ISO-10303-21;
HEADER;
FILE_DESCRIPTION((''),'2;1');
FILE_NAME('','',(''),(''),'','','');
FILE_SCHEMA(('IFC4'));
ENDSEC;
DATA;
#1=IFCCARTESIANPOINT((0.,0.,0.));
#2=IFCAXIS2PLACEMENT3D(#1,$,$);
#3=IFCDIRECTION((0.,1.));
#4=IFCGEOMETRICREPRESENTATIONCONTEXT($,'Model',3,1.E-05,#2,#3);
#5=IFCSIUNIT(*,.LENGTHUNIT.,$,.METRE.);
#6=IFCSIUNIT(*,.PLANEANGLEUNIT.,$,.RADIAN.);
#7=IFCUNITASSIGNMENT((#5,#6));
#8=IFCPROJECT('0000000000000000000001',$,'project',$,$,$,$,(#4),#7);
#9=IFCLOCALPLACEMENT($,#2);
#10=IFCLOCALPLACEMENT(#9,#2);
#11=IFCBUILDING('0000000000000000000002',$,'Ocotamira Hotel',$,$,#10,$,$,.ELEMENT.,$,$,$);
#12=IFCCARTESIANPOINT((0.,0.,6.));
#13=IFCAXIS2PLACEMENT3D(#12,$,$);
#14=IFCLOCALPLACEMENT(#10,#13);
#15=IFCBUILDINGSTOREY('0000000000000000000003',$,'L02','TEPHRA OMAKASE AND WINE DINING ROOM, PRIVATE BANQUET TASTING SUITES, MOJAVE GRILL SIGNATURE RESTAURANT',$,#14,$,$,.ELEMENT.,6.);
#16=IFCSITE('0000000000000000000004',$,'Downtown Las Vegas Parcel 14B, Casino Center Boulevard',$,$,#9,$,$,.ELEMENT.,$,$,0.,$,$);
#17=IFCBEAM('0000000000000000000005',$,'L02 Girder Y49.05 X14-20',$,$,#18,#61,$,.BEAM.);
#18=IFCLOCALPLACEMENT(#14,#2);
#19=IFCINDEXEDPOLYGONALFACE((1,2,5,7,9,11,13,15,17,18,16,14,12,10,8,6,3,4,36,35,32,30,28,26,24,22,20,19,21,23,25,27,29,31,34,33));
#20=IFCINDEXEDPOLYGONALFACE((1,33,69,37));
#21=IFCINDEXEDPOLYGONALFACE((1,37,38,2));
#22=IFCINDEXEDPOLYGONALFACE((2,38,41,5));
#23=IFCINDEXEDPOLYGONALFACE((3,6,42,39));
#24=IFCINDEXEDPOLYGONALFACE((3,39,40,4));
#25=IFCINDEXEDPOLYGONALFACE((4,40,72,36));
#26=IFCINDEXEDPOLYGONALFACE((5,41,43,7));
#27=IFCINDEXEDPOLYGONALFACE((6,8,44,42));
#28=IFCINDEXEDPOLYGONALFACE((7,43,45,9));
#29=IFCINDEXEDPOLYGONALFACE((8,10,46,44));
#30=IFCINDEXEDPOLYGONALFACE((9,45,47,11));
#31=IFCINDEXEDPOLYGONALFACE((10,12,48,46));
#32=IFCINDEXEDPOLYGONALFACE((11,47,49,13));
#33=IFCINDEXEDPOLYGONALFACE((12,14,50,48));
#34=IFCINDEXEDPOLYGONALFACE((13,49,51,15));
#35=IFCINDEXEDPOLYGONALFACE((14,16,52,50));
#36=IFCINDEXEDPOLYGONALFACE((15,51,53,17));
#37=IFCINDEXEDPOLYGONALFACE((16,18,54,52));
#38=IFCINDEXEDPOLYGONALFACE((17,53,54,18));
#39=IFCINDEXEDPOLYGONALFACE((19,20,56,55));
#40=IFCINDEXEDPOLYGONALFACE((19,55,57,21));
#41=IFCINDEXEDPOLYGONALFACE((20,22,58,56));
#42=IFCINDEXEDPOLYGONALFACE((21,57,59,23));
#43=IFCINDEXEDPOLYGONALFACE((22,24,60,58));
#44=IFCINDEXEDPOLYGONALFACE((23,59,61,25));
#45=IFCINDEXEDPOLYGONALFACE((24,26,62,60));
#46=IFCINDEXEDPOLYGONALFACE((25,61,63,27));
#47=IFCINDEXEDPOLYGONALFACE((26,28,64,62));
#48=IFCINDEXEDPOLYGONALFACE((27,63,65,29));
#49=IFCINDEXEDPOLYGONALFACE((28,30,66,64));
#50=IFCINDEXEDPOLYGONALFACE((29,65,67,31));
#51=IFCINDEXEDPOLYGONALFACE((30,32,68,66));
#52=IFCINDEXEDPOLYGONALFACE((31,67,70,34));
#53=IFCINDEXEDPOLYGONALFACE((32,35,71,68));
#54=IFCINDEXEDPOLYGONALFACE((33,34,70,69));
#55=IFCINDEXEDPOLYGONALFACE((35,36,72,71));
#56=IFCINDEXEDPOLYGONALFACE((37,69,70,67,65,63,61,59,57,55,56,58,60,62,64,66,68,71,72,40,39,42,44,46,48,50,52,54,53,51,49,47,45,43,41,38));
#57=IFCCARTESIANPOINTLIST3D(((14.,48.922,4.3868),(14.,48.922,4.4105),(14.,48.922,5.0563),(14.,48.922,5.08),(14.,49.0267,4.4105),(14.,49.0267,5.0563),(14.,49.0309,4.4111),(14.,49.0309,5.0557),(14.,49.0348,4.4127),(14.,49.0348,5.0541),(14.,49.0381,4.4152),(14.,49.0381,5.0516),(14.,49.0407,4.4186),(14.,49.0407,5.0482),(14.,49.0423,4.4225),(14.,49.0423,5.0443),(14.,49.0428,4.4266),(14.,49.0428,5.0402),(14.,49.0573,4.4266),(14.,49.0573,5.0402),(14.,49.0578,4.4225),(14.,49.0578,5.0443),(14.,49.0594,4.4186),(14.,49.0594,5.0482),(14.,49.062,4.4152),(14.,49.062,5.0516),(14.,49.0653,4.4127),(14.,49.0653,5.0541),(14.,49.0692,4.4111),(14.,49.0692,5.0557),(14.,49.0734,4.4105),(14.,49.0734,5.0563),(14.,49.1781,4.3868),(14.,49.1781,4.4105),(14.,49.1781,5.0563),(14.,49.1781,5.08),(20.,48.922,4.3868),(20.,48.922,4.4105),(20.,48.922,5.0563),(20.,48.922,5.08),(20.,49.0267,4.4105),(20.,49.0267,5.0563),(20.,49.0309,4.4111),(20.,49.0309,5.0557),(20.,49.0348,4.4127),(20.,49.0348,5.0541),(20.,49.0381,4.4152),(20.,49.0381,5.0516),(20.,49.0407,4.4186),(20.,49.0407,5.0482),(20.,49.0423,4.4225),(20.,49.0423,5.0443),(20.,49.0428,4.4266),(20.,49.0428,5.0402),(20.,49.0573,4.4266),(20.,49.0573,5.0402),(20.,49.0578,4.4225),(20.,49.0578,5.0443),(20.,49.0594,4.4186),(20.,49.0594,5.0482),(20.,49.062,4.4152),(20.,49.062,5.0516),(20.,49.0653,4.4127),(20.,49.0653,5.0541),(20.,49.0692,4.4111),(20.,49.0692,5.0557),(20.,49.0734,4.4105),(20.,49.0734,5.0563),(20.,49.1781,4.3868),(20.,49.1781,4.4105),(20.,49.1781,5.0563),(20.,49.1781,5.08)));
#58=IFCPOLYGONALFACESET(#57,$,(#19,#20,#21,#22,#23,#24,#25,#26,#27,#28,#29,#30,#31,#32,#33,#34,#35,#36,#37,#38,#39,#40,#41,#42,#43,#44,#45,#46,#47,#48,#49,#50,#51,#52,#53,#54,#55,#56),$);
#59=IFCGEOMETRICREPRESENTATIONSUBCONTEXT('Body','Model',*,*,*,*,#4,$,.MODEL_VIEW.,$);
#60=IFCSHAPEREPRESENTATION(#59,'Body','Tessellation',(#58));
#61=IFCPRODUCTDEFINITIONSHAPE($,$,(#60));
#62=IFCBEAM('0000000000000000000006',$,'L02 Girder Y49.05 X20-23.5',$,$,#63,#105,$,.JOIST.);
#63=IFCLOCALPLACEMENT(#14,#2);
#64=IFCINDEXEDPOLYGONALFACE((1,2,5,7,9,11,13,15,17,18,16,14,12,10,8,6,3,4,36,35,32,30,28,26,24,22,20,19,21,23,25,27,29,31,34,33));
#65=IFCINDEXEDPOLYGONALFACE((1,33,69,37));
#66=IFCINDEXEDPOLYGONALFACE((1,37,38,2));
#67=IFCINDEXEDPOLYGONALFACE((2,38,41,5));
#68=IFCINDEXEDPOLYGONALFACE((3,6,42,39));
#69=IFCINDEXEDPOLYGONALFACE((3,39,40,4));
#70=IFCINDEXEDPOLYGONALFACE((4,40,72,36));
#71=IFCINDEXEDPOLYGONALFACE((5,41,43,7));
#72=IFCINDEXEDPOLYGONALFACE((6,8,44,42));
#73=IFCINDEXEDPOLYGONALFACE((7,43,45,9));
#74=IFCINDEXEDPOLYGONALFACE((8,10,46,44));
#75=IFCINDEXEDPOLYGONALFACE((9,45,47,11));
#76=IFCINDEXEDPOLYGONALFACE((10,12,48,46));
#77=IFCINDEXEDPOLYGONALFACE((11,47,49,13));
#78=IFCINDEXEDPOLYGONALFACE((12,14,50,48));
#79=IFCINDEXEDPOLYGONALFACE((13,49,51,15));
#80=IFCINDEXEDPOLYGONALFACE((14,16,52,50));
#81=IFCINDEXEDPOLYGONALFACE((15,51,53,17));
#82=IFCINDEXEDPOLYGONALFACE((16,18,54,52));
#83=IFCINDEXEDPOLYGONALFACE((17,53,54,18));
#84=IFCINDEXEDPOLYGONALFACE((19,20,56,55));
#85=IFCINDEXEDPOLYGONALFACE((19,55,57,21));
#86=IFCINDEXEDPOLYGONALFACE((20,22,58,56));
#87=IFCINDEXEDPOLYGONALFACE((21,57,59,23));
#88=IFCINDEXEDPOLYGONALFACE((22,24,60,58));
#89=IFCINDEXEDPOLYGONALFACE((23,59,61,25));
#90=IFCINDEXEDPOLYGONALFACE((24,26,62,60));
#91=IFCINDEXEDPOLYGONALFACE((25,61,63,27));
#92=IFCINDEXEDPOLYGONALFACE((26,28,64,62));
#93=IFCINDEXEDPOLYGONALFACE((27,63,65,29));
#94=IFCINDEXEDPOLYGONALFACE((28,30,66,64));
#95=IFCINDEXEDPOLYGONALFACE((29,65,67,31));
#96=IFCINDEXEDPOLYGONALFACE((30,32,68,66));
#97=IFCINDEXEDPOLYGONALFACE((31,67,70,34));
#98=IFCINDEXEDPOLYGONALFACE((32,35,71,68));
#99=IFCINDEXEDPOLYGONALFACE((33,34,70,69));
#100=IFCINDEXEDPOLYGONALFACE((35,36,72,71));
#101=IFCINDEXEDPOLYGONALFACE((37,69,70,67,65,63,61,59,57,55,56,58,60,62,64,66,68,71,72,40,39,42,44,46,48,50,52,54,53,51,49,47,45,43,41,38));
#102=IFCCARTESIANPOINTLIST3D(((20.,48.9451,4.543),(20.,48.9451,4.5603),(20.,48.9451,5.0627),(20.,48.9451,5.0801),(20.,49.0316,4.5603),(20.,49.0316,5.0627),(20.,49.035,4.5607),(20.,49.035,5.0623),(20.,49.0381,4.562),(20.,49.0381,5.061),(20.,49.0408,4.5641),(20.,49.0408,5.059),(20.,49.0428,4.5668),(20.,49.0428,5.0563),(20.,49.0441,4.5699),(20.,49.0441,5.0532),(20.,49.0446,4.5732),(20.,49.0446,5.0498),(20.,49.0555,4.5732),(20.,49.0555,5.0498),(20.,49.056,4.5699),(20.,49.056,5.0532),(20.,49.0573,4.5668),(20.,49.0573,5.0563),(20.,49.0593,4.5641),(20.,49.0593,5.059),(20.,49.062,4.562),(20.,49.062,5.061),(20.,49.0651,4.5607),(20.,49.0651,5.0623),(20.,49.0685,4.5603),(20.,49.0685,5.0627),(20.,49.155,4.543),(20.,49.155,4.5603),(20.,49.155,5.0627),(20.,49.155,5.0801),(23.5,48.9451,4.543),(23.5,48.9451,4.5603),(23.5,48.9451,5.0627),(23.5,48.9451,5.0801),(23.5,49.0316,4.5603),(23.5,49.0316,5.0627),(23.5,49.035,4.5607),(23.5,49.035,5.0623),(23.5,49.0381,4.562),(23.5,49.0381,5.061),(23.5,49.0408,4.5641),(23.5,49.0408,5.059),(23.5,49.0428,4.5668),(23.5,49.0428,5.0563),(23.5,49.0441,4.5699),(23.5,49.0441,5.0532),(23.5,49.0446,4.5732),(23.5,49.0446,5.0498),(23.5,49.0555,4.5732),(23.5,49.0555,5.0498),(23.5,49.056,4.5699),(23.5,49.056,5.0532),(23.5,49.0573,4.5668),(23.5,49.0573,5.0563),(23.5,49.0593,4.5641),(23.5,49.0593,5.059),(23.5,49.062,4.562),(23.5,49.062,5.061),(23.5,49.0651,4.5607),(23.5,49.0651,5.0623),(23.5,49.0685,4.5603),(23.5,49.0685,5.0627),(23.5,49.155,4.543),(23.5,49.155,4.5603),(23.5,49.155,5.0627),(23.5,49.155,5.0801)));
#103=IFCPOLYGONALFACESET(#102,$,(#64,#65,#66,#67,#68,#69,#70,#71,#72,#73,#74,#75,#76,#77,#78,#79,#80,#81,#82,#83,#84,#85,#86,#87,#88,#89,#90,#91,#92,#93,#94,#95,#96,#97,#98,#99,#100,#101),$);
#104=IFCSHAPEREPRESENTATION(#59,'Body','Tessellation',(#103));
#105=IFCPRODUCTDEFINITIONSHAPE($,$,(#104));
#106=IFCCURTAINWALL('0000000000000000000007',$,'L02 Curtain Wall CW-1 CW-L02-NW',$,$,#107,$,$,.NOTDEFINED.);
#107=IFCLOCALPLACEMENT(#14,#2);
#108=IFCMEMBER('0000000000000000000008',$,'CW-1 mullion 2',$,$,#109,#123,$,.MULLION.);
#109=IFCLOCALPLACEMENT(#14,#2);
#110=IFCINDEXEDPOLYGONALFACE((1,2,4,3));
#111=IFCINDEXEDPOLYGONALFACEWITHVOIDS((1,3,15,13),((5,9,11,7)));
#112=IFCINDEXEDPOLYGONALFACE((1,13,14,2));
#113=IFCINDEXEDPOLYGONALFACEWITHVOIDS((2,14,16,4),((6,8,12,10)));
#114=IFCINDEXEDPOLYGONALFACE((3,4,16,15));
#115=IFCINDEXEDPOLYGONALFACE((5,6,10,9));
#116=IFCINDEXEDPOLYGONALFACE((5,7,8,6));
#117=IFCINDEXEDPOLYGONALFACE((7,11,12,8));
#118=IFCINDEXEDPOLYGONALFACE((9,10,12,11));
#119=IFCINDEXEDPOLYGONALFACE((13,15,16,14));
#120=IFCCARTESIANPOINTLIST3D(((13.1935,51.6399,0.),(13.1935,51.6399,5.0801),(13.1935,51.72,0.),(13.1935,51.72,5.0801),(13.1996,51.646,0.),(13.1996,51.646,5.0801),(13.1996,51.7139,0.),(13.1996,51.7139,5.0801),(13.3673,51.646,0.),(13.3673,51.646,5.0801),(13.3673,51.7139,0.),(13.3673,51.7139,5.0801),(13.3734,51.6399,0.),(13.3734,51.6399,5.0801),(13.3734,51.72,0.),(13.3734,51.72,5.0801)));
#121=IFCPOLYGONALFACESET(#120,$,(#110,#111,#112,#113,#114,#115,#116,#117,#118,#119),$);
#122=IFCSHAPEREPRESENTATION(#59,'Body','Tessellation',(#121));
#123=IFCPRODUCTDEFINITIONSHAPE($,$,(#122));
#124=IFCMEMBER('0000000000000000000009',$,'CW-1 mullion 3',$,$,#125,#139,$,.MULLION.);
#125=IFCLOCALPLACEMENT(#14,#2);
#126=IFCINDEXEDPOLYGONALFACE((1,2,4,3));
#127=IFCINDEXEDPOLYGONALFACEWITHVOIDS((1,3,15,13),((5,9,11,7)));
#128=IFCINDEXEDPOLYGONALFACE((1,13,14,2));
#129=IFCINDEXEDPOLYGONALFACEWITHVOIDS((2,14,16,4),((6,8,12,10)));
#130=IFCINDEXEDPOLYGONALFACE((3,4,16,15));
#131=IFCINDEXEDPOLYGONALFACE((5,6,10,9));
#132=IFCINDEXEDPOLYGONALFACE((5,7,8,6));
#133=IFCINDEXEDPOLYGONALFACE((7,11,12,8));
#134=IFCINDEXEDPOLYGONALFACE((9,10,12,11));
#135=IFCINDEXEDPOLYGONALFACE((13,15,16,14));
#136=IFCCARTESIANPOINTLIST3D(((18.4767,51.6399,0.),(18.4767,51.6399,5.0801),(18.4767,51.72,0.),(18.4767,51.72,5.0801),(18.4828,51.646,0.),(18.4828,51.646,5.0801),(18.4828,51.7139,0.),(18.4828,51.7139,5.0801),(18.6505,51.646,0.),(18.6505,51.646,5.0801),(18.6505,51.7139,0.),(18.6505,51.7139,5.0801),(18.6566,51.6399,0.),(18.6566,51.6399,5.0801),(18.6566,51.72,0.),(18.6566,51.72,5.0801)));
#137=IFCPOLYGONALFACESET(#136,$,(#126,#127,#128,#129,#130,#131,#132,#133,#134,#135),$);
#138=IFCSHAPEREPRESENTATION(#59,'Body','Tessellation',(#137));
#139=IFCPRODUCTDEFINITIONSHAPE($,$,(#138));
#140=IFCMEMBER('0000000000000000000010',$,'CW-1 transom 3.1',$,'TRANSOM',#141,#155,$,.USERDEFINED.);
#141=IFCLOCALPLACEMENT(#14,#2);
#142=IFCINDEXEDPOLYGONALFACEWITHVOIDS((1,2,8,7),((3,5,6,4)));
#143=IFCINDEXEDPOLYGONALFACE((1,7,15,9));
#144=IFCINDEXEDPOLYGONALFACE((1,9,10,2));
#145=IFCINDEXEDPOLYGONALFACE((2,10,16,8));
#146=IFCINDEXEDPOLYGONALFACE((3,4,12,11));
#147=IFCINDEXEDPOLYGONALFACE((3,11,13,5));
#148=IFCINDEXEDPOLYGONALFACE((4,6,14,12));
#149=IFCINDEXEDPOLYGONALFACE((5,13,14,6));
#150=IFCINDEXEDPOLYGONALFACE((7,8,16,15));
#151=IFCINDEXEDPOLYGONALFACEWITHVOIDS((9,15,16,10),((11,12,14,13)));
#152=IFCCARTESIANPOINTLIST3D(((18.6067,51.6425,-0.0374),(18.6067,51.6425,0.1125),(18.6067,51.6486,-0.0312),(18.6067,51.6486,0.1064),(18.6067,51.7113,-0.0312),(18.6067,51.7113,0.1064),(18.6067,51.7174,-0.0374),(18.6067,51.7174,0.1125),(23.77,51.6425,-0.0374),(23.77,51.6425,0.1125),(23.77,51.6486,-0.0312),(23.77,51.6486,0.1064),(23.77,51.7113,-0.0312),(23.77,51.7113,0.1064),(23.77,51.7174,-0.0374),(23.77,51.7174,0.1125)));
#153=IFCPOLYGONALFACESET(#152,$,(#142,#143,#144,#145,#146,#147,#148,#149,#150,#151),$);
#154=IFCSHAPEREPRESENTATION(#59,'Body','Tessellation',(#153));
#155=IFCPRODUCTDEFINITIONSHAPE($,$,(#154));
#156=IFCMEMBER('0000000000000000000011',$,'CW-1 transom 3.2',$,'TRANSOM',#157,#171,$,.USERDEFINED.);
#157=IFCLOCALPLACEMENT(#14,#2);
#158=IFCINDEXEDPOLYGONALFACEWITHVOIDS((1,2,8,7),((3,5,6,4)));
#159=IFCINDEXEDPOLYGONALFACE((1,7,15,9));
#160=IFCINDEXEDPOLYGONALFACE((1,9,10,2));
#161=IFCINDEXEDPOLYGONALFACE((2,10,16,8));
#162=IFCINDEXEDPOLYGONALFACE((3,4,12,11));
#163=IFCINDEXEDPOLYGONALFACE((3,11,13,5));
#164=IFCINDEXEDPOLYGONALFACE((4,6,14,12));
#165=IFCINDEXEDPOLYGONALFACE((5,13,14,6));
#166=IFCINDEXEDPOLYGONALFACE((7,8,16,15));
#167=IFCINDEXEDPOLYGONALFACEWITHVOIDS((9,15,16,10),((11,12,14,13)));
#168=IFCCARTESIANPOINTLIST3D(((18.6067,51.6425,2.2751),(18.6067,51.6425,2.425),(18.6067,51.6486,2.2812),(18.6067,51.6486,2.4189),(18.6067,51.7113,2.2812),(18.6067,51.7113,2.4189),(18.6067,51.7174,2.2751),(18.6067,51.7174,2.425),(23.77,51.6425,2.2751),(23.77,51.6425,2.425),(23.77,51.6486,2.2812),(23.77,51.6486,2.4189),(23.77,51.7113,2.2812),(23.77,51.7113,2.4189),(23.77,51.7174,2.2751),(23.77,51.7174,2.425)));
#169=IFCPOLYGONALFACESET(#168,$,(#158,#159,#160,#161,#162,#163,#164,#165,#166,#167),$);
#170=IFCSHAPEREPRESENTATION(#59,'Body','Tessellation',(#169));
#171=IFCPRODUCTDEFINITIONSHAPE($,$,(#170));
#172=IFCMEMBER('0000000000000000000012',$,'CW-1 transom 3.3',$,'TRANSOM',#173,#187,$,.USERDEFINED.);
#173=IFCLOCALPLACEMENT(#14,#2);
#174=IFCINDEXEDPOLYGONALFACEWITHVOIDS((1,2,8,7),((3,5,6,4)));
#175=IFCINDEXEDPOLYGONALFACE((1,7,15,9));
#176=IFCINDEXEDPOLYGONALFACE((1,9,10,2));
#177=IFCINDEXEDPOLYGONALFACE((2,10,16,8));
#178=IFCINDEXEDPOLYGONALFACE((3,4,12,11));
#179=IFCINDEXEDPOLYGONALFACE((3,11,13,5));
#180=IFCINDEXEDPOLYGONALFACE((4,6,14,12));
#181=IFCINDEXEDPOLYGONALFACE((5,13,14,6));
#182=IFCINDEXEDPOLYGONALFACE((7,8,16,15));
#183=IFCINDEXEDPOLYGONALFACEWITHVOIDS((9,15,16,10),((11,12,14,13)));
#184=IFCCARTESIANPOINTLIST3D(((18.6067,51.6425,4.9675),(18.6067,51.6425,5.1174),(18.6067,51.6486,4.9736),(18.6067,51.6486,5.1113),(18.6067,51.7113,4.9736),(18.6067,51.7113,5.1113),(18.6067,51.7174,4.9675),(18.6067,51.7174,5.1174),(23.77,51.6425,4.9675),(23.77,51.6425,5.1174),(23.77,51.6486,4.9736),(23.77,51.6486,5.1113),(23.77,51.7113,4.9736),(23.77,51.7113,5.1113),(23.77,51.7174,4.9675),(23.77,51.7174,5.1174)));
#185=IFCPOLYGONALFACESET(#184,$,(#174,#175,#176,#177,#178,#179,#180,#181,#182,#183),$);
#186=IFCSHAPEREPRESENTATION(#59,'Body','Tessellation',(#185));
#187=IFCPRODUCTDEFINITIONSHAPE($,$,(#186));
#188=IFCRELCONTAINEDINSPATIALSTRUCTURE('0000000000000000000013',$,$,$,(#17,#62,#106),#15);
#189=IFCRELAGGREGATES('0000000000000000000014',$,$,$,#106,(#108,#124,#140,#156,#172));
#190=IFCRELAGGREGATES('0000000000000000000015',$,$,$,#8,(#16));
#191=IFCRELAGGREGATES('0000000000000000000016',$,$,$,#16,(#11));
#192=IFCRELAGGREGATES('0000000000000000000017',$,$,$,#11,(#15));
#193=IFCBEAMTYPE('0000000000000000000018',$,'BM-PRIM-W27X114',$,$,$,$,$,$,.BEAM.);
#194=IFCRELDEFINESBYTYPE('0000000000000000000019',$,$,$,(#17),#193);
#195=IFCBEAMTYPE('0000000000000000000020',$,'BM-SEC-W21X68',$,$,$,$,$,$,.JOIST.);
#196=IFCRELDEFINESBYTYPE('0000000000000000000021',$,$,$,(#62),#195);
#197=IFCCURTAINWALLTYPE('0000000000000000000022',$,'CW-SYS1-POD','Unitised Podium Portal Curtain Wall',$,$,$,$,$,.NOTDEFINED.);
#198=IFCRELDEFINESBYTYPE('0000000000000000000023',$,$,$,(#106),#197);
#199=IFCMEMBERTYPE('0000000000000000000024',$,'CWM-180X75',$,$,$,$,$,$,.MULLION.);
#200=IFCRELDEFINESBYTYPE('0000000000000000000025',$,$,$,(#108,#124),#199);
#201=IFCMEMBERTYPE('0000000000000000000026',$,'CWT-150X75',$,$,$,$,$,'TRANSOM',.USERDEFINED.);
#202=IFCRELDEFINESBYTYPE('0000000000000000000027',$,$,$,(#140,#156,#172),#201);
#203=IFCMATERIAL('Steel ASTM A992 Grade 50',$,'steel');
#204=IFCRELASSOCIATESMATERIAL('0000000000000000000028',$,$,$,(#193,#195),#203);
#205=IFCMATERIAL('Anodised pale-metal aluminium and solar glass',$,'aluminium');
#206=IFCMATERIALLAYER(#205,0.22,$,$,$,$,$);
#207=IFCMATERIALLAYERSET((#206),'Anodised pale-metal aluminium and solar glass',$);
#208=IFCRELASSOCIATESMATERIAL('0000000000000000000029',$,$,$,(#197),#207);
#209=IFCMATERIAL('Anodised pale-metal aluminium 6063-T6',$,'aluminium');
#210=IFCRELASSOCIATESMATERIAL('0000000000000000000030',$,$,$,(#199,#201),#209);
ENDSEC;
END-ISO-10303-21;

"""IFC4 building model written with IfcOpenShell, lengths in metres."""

from ifc_helpers import new_model, si_unit, direction, frame, origin, origin_2d, place, context, subcontext, project, spatial, hollow_rectangle, i_section, extrude, source, transform, mapped, material, layer, layer_set, material_profile, profile_set, type_object, element, aggregate, save


model = new_model("IFC4")

# Units and contexts
model_context = context("Model", 3, precision=1e-05, world=origin(), true_north=direction((0.0, 1.0)))
body_context = subcontext(model_context, "Body", "Model", "MODEL_VIEW")
ifc_project = project(units=[si_unit("LENGTHUNIT", "METRE"), si_unit("PLANEANGLEUNIT", "RADIAN")], contexts=[model_context])

# Site, building, storey
site_placement = place(None, origin())
site = spatial("IfcSite", under=ifc_project, at=site_placement, Name="Downtown Las Vegas Parcel 14B, Casino Center Boulevard", CompositionType="ELEMENT", RefElevation=0.0)
building_placement = place(site_placement, origin())
building = spatial("IfcBuilding", under=site, at=building_placement, Name="Ocotamira Hotel", CompositionType="ELEMENT")
storey_placement = place(building_placement, frame((0.0, 0.0, 6.0)))
storey = spatial("IfcBuildingStorey", under=building, at=storey_placement, Name="L02", Description="TEPHRA OMAKASE AND WINE DINING ROOM, PRIVATE BANQUET TASTING SUITES, MOJAVE GRILL SIGNATURE RESTAURANT", CompositionType="ELEMENT", Elevation=6.0)

# Beams
ifc_material_1 = material(Name="Steel ASTM A992 Grade 50", Category="steel")
ifc_material_profile_1 = material_profile(ifc_material_1, i_section(OverallWidth=0.2561, OverallDepth=0.6931, WebThickness=0.0144, FlangeThickness=0.0237, FilletRadius=0.0161, at=origin_2d()), Name="W27X114")
ifc_profile_set_1 = profile_set([ifc_material_profile_1], Name="Steel ASTM A992 Grade 50")
beam_type_1 = type_object("IfcBeamType", Name="BM-PRIM-W27X114", PredefinedType="BEAM", material=ifc_profile_set_1)
shared_shape_1 = source(origin(), body_context, "Body", "SweptSolid", [
    extrude(i_section(OverallWidth=0.2561, OverallDepth=0.6931, WebThickness=0.0144, FlangeThickness=0.0237, FilletRadius=0.0161, at=origin_2d()), origin(), (0.0, 0.0, 1.0), 6.0),
])
beam_1_placement = place(storey_placement, frame((14.0, 49.05, 4.7334), z_axis=(1.0, 0.0, 0.0), x_axis=(0.0, 1.0, 0.0)))
element("IfcBeam", 1, at=beam_1_placement, inside=storey, type_object=beam_type_1, Name="L02 Girder Y49.05 X14-20", PredefinedType="BEAM", context=body_context, shape_type="MappedRepresentation", body=[
    mapped(shared_shape_1, transform((0.0, 0.0, 0.0), scale=1.0)),
])
ifc_material_profile_2 = material_profile(ifc_material_1, i_section(OverallWidth=0.21, OverallDepth=0.5371, WebThickness=0.011, FlangeThickness=0.0173, FilletRadius=0.0129, at=origin_2d()), Name="W21X68")
ifc_profile_set_2 = profile_set([ifc_material_profile_2], Name="Steel ASTM A992 Grade 50")
beam_type_2 = type_object("IfcBeamType", Name="BM-SEC-W21X68", PredefinedType="JOIST", material=ifc_profile_set_2)
shared_shape_2 = source(origin(), body_context, "Body", "SweptSolid", [
    extrude(i_section(OverallWidth=0.21, OverallDepth=0.5371, WebThickness=0.011, FlangeThickness=0.0173, FilletRadius=0.0129, at=origin_2d()), origin(), (0.0, 0.0, 1.0), 3.5),
])
beam_2_placement = place(storey_placement, frame((20.0, 49.05, 4.8115), z_axis=(1.0, 0.0, 0.0), x_axis=(0.0, 1.0, 0.0)))
element("IfcBeam", 2, at=beam_2_placement, inside=storey, type_object=beam_type_2, Name="L02 Girder Y49.05 X20-23.5", PredefinedType="JOIST", context=body_context, shape_type="MappedRepresentation", body=[
    mapped(shared_shape_2, transform((0.0, 0.0, 0.0), scale=1.0)),
])

# Curtain wall, members
ifc_material_2 = material(Name="Anodised pale-metal aluminium and solar glass", Category="aluminium")
ifc_layer_1 = layer(ifc_material_2, 0.22)
ifc_layer_set_1 = layer_set([ifc_layer_1], Name="Anodised pale-metal aluminium and solar glass")
curtain_wall_type = type_object("IfcCurtainWallType", Name="CW-SYS1-POD", Description="Unitised Podium Portal Curtain Wall", PredefinedType="NOTDEFINED", material=ifc_layer_set_1)
curtain_wall_placement = place(storey_placement, origin())
curtain_wall = element("IfcCurtainWall", 3, at=curtain_wall_placement, inside=storey, type_object=curtain_wall_type, Name="L02 Curtain Wall CW-1 CW-L02-NW", PredefinedType="NOTDEFINED")
ifc_material_3 = material(Name="Anodised pale-metal aluminium 6063-T6", Category="aluminium")
ifc_material_profile_3 = material_profile(ifc_material_3, hollow_rectangle(XDim=0.0801, YDim=0.1799, WallThickness=0.0061, at=origin_2d()), Name="HSS180X80X6")
ifc_profile_set_3 = profile_set([ifc_material_profile_3], Name="Anodised pale-metal aluminium 6063-T6")
member_type_1 = type_object("IfcMemberType", Name="CWM-180X75", PredefinedType="MULLION", material=ifc_profile_set_3)
shared_shape_3 = source(origin(), body_context, "Body", "SweptSolid", [
    extrude(hollow_rectangle(XDim=0.0801, YDim=0.1799, WallThickness=0.0061, at=origin_2d()), origin(), (0.0, 0.0, 1.0), 5.0801),
])
member_1_placement = place(storey_placement, frame((13.2834, 51.6799, 0.0), z_axis=(0.0, 0.0, 1.0), x_axis=(0.0, 1.0, 0.0)))
member_1 = element("IfcMember", 4, at=member_1_placement, type_object=member_type_1, Name="CW-1 mullion 2", PredefinedType="MULLION", context=body_context, shape_type="MappedRepresentation", body=[
    mapped(shared_shape_3, transform((0.0, 0.0, 0.0), scale=1.0)),
])
member_2_placement = place(storey_placement, frame((18.5667, 51.6799, 0.0), z_axis=(0.0, 0.0, 1.0), x_axis=(0.0, 1.0, 0.0)))
member_2 = element("IfcMember", 5, at=member_2_placement, type_object=member_type_1, Name="CW-1 mullion 3", PredefinedType="MULLION", context=body_context, shape_type="MappedRepresentation", body=[
    mapped(shared_shape_3, transform((0.0, 0.0, 0.0), scale=1.0)),
])
ifc_material_profile_4 = material_profile(ifc_material_3, hollow_rectangle(XDim=0.075, YDim=0.1499, WallThickness=0.0061, at=origin_2d()), Name="HSS150X75X6")
ifc_profile_set_4 = profile_set([ifc_material_profile_4], Name="Anodised pale-metal aluminium 6063-T6")
member_type_2 = type_object("IfcMemberType", Name="CWT-150X75", ElementType="TRANSOM", PredefinedType="USERDEFINED", material=ifc_profile_set_4)
shared_shape_4 = source(origin(), body_context, "Body", "SweptSolid", [
    extrude(hollow_rectangle(XDim=0.075, YDim=0.1499, WallThickness=0.0061, at=origin_2d()), origin(), (0.0, 0.0, 1.0), 5.1633),
])
member_3_placement = place(storey_placement, frame((18.6067, 51.6799, 0.0376), z_axis=(1.0, 0.0, 0.0), x_axis=(0.0, 1.0, 0.0)))
member_3 = element("IfcMember", 6, at=member_3_placement, type_object=member_type_2, Name="CW-1 transom 3.1", ObjectType="TRANSOM", PredefinedType="USERDEFINED", context=body_context, shape_type="MappedRepresentation", body=[
    mapped(shared_shape_4, transform((0.0, 0.0, 0.0), scale=1.0)),
])
member_4_placement = place(storey_placement, frame((18.6067, 51.6799, 2.3501), z_axis=(1.0, 0.0, 0.0), x_axis=(0.0, 1.0, 0.0)))
member_4 = element("IfcMember", 7, at=member_4_placement, type_object=member_type_2, Name="CW-1 transom 3.2", ObjectType="TRANSOM", PredefinedType="USERDEFINED", context=body_context, shape_type="MappedRepresentation", body=[
    mapped(shared_shape_4, transform((0.0, 0.0, 0.0), scale=1.0)),
])
member_5_placement = place(storey_placement, frame((18.6067, 51.6799, 5.0425), z_axis=(1.0, 0.0, 0.0), x_axis=(0.0, 1.0, 0.0)))
member_5 = element("IfcMember", 8, at=member_5_placement, type_object=member_type_2, Name="CW-1 transom 3.3", ObjectType="TRANSOM", PredefinedType="USERDEFINED", context=body_context, shape_type="MappedRepresentation", body=[
    mapped(shared_shape_4, transform((0.0, 0.0, 0.0), scale=1.0)),
])
aggregate(curtain_wall, [member_1, member_2, member_3, member_4, member_5])

save(model, "model.ifc")
